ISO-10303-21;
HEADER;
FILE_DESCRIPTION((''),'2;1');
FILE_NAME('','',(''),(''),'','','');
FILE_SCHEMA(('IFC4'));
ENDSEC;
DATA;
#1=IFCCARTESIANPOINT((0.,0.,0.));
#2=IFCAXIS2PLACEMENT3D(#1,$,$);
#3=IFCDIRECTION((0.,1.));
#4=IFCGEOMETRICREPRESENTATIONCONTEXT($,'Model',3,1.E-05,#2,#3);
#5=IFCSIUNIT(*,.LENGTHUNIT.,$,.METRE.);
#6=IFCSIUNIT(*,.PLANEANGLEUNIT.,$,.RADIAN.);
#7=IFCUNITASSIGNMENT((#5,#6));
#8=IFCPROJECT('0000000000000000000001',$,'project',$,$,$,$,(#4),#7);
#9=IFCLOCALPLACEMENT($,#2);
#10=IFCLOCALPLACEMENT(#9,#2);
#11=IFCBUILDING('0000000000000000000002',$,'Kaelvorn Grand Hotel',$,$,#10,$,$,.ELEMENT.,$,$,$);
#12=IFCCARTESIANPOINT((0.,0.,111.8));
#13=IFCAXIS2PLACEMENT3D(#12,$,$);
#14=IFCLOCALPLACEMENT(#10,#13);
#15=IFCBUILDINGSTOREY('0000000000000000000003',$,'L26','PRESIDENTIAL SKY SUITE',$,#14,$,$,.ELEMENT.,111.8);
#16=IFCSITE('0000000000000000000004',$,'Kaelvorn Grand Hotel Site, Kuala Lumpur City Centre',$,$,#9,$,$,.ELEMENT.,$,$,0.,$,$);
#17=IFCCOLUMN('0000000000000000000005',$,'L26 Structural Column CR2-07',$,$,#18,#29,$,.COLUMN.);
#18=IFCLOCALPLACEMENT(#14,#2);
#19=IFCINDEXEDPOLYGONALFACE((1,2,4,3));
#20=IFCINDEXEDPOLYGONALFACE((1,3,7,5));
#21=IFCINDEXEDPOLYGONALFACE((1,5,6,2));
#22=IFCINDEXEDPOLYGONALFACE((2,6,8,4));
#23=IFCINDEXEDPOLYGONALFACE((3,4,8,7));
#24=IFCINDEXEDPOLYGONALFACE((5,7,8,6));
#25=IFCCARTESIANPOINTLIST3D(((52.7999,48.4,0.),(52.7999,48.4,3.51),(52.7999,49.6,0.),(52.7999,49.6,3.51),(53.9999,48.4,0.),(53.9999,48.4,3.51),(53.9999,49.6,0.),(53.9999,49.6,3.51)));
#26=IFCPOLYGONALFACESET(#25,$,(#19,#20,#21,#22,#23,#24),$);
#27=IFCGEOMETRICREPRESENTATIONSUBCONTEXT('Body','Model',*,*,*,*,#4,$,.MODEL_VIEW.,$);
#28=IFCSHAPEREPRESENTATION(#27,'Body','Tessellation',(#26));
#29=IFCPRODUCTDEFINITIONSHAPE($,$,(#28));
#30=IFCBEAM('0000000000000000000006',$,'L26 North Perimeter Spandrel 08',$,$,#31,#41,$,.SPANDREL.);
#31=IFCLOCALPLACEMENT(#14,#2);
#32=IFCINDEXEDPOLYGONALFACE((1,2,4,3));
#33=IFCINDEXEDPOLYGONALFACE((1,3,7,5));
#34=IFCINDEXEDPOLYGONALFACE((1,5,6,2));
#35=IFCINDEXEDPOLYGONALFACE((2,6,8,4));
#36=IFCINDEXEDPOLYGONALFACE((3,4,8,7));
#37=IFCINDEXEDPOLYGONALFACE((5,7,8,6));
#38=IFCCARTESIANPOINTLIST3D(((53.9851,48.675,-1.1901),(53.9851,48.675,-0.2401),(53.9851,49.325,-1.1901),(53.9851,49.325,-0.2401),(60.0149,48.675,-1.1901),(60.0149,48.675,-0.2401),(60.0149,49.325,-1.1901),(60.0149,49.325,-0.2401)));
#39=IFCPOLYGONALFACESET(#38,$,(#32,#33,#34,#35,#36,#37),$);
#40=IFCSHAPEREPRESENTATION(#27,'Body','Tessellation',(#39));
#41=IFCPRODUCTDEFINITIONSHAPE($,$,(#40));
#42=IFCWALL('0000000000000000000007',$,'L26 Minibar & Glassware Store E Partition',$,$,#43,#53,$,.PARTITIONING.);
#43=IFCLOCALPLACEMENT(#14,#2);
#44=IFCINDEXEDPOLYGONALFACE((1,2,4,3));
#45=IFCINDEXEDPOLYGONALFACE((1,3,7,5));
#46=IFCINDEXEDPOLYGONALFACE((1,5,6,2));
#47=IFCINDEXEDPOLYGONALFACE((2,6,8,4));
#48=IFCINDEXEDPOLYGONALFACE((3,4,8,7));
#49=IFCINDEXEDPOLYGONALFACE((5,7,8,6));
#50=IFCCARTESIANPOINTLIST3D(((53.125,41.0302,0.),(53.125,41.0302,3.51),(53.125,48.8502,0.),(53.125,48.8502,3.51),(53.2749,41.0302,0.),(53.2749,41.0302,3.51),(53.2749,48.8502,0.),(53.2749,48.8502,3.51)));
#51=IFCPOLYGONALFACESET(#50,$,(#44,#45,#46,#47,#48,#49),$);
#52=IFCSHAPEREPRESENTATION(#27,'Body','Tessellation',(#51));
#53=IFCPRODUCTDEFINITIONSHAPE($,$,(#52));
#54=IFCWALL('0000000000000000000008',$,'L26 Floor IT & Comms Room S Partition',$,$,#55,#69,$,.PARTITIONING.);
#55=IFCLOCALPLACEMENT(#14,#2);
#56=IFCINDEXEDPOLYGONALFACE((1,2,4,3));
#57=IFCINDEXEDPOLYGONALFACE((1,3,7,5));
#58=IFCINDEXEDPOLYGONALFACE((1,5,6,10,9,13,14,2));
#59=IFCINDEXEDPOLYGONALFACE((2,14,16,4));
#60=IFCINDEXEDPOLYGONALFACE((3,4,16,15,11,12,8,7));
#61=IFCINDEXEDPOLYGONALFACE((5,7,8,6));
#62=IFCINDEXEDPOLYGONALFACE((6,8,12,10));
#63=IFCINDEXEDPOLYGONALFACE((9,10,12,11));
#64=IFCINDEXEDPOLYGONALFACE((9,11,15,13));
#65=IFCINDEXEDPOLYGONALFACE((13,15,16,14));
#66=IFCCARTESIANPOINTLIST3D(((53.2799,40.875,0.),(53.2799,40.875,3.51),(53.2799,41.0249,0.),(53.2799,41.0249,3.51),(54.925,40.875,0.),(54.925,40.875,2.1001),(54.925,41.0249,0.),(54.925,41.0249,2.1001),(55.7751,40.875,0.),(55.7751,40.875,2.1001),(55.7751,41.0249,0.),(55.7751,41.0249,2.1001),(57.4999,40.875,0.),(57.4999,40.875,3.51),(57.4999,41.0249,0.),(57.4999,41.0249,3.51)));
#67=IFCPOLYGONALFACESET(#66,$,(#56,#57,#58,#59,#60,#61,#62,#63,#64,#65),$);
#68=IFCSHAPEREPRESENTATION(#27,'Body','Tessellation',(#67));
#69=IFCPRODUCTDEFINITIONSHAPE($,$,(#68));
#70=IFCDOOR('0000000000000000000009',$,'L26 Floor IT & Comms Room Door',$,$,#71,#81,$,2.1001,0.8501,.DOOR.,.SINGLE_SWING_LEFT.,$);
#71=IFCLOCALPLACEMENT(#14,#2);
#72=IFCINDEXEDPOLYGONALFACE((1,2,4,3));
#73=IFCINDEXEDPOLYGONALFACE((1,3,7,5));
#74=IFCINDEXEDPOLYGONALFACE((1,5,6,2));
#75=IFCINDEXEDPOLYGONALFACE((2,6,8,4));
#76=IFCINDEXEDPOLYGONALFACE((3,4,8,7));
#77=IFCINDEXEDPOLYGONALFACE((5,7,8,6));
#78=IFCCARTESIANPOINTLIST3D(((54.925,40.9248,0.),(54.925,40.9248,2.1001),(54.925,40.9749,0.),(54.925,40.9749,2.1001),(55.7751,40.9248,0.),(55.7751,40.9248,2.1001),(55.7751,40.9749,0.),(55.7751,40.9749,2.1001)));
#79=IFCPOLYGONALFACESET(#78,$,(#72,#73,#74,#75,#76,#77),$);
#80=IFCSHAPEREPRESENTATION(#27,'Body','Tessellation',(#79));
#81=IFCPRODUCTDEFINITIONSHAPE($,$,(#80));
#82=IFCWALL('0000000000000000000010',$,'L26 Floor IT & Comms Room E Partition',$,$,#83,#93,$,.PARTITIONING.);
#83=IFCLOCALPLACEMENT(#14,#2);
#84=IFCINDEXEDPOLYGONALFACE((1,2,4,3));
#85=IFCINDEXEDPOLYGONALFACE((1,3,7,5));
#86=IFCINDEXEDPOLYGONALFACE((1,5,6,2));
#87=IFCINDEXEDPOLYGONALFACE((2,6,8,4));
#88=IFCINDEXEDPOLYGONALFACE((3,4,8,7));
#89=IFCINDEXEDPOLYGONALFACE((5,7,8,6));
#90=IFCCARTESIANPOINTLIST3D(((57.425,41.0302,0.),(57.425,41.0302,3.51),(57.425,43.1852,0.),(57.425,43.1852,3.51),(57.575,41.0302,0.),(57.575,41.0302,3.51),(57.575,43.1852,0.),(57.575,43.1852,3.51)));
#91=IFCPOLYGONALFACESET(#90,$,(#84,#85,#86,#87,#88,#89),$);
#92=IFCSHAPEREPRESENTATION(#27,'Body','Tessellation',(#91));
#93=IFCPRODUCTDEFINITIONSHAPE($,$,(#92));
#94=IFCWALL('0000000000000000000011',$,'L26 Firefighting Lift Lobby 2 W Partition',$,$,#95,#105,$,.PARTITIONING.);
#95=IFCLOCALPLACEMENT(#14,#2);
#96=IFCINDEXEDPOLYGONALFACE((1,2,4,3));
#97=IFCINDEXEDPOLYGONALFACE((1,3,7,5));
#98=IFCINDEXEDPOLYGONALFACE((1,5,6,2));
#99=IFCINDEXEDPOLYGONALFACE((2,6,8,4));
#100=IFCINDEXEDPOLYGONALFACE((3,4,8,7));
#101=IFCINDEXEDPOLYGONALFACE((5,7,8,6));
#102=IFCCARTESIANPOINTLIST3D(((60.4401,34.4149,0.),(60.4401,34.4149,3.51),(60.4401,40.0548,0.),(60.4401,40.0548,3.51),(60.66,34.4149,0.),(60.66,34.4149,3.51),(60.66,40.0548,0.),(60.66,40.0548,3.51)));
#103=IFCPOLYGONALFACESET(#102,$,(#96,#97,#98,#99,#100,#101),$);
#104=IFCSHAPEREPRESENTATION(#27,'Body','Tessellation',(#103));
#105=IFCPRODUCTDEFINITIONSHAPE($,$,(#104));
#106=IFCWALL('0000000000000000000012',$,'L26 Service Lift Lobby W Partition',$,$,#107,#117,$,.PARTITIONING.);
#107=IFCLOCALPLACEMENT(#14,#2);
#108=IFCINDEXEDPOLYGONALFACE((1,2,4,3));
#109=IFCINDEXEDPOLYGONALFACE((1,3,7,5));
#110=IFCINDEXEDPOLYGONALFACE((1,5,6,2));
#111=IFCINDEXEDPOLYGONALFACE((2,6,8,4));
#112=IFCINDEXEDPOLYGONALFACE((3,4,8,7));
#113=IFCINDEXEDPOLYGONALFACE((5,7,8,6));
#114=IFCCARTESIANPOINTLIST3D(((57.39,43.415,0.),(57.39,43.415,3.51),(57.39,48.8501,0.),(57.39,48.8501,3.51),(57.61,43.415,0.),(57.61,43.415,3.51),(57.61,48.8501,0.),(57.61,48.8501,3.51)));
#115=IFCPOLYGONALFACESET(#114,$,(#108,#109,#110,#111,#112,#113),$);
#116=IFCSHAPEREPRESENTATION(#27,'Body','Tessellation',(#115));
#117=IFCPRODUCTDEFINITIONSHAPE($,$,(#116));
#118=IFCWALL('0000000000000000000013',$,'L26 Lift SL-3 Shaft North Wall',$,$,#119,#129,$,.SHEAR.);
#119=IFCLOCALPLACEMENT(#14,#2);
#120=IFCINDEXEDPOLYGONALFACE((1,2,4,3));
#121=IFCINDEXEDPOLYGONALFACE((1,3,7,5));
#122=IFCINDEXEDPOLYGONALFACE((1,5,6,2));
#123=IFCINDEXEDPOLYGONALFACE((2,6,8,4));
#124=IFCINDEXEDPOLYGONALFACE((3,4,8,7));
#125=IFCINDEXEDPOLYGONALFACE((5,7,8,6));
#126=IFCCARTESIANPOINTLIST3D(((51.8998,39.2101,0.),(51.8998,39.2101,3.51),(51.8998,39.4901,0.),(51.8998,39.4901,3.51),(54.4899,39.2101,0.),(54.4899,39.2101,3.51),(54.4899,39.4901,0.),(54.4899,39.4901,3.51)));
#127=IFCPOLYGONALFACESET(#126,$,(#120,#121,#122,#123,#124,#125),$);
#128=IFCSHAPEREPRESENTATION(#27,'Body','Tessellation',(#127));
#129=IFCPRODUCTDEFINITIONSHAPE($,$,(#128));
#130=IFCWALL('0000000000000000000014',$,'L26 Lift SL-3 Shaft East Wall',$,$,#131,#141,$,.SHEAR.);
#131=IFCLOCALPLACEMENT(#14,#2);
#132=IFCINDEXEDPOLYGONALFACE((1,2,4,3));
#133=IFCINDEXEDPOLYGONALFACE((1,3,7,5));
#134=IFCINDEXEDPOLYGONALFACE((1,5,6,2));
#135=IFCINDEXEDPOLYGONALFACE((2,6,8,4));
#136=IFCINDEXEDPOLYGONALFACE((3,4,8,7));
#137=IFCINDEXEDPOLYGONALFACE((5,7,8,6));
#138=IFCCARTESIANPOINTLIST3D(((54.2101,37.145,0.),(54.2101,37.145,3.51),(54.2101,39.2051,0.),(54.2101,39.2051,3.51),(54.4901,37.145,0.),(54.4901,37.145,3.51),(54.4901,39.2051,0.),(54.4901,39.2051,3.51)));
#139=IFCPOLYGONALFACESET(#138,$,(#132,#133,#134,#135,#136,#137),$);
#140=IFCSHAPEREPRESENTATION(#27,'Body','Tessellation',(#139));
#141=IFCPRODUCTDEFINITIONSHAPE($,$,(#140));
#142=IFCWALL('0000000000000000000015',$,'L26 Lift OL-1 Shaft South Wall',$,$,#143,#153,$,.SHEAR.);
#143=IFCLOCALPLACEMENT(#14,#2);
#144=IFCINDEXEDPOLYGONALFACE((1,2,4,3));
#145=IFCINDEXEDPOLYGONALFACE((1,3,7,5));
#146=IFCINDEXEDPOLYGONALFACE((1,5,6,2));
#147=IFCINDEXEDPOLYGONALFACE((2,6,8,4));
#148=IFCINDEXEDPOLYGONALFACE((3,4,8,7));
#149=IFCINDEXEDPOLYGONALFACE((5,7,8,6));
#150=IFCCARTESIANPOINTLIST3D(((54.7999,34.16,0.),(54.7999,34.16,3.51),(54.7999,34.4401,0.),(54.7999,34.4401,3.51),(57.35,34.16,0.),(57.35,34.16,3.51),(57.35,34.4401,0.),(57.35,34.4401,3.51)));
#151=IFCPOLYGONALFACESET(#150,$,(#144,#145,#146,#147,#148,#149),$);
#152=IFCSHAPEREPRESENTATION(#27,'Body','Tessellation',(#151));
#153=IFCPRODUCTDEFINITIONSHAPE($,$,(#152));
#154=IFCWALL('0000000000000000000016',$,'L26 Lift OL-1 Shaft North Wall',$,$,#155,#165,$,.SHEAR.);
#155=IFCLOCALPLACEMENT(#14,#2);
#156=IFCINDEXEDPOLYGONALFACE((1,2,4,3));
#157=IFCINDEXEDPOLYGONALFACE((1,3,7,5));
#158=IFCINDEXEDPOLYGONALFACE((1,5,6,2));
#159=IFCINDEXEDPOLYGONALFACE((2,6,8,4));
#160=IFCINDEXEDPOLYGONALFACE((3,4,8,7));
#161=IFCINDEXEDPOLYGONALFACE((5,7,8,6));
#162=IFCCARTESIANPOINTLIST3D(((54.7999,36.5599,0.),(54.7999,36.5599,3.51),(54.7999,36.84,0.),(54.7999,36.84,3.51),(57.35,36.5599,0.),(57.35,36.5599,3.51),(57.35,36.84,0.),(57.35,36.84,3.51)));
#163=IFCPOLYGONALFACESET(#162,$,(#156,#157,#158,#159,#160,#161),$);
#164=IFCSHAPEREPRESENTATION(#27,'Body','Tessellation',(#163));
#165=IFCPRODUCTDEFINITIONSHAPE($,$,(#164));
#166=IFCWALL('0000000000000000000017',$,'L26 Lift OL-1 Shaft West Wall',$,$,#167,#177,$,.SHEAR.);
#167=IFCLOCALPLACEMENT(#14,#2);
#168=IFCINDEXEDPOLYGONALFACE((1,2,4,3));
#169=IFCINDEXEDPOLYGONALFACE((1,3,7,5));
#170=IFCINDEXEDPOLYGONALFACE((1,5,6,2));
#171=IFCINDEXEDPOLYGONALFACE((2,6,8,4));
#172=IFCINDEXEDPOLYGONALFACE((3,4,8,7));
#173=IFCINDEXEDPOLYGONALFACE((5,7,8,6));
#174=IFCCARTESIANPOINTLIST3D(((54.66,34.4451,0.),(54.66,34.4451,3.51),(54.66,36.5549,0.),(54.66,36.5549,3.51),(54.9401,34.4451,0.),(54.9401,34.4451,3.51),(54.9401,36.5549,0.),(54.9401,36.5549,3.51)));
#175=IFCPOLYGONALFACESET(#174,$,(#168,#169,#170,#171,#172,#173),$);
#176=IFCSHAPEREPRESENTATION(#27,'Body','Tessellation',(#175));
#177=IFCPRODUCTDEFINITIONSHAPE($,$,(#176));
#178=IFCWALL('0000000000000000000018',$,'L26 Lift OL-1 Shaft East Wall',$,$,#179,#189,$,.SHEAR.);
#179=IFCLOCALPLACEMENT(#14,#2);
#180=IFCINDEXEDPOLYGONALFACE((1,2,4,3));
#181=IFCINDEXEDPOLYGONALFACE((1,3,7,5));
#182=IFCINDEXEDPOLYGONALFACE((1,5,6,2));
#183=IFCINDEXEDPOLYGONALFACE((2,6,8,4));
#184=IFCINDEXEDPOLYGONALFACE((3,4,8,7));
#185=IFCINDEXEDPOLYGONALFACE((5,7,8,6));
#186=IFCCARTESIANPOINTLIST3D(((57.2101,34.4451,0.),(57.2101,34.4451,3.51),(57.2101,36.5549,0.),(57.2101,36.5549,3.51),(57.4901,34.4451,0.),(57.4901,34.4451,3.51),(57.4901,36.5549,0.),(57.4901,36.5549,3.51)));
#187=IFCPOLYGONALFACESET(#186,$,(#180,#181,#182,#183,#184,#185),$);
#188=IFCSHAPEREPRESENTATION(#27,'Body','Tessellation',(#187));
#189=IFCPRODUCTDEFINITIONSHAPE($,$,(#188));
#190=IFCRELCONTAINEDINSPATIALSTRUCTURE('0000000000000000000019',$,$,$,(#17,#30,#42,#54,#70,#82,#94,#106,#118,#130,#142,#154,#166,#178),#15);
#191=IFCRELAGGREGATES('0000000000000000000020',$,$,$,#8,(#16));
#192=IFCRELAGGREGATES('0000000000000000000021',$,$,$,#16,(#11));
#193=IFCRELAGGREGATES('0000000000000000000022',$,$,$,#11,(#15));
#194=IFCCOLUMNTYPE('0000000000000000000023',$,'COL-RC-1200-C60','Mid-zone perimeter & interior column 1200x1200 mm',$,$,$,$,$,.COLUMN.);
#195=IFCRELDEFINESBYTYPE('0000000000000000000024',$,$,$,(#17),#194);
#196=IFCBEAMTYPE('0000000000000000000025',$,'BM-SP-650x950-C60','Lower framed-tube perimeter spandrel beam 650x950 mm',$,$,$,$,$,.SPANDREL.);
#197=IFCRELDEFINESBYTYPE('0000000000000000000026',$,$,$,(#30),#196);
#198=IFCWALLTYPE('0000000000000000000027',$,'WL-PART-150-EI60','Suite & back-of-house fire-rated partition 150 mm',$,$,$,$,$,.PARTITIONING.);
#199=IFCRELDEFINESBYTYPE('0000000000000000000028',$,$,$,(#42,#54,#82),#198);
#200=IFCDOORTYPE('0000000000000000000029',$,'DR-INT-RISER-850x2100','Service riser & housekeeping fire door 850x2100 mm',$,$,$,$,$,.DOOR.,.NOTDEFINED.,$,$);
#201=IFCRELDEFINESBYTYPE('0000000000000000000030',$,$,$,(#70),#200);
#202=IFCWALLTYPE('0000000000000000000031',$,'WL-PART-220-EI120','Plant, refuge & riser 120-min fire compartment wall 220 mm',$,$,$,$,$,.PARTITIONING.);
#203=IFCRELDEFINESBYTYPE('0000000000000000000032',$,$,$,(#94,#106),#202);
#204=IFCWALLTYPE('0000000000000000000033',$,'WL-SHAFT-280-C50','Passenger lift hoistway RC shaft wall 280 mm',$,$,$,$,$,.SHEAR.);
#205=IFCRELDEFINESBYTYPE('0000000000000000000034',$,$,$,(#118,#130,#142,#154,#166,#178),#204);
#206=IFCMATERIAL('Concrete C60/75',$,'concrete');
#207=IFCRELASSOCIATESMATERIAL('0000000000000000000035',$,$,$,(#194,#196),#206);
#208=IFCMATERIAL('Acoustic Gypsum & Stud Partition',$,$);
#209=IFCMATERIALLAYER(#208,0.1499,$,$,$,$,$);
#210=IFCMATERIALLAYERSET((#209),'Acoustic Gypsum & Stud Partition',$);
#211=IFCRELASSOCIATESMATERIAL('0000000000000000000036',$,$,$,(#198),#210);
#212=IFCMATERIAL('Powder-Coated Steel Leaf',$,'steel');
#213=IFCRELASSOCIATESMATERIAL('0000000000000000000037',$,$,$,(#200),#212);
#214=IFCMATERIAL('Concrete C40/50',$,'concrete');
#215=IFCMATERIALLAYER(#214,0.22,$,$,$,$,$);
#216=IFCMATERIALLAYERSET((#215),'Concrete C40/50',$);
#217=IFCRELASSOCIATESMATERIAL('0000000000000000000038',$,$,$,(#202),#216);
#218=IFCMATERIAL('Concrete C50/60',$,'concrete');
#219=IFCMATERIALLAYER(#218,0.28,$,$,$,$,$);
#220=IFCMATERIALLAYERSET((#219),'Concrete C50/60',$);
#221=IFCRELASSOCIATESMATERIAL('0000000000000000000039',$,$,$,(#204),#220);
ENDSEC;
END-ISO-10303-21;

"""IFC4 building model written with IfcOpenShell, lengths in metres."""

from ifc_helpers import new_model, si_unit, direction, frame, frame_2d, origin, origin_2d, place, context, subcontext, project, spatial, rectangle, extrude, material, layer, layer_set, material_profile, profile_set, type_object, element, fill, save


model = new_model("IFC4")

# Units and contexts
model_context = context("Model", 3, precision=1e-05, world=origin(), true_north=direction((0.0, 1.0)))
body_context = subcontext(model_context, "Body", "Model", "MODEL_VIEW")
ifc_project = project(units=[si_unit("LENGTHUNIT", "METRE"), si_unit("PLANEANGLEUNIT", "RADIAN")], contexts=[model_context])

# Site, building, storey
site_placement = place(None, origin())
site = spatial("IfcSite", under=ifc_project, at=site_placement, Name="Kaelvorn Grand Hotel Site, Kuala Lumpur City Centre", CompositionType="ELEMENT", RefElevation=0.0)
building_placement = place(site_placement, origin())
building = spatial("IfcBuilding", under=site, at=building_placement, Name="Kaelvorn Grand Hotel", CompositionType="ELEMENT")
storey_placement = place(building_placement, frame((0.0, 0.0, 111.8)))
storey = spatial("IfcBuildingStorey", under=building, at=storey_placement, Name="L26", Description="PRESIDENTIAL SKY SUITE", CompositionType="ELEMENT", Elevation=111.8)

# Column
ifc_material_1 = material(Name="Concrete C60/75", Category="concrete")
ifc_material_profile_1 = material_profile(ifc_material_1, rectangle(XDim=1.2, YDim=1.2, at=origin_2d()), Name="RC COL 1200x1200")
ifc_profile_set_1 = profile_set([ifc_material_profile_1], Name="Concrete C60/75")
column_type = type_object("IfcColumnType", Name="COL-RC-1200-C60", Description="Mid-zone perimeter & interior column 1200x1200 mm", PredefinedType="COLUMN", material=ifc_profile_set_1)
column_placement = place(storey_placement, frame((53.3999, 49.0, 0.0), z_axis=(0.0, 0.0, 1.0), x_axis=(1.0, 0.0, 0.0)))
element("IfcColumn", 1, at=column_placement, inside=storey, type_object=column_type, Name="L26 Structural Column CR2-07", PredefinedType="COLUMN", context=body_context, shape_type="SweptSolid", body=[
    extrude(rectangle(XDim=1.2, YDim=1.2, at=origin_2d()), origin(), (0.0, 0.0, 1.0), 3.51),
])

# Beam
ifc_material_profile_2 = material_profile(ifc_material_1, rectangle(XDim=0.6499, YDim=0.95, at=origin_2d()), Name="RC SPANDREL 650x950")
ifc_profile_set_2 = profile_set([ifc_material_profile_2], Name="Concrete C60/75")
beam_type = type_object("IfcBeamType", Name="BM-SP-650x950-C60", Description="Lower framed-tube perimeter spandrel beam 650x950 mm", PredefinedType="SPANDREL", material=ifc_profile_set_2)
beam_placement = place(storey_placement, frame((53.9851, 49.0, -0.7151), z_axis=(1.0, 0.0, 0.0), x_axis=(0.0, 1.0, 0.0)))
element("IfcBeam", 2, at=beam_placement, inside=storey, type_object=beam_type, Name="L26 North Perimeter Spandrel 08", PredefinedType="SPANDREL", context=body_context, shape_type="SweptSolid", body=[
    extrude(rectangle(XDim=0.6499, YDim=0.95, at=origin_2d()), origin(), (0.0, 0.0, 1.0), 6.0298),
])

# Wall
ifc_material_2 = material(Name="Acoustic Gypsum & Stud Partition")
ifc_layer_1 = layer(ifc_material_2, 0.1499)
ifc_layer_set_1 = layer_set([ifc_layer_1], Name="Acoustic Gypsum & Stud Partition")
wall_type_1 = type_object("IfcWallType", Name="WL-PART-150-EI60", Description="Suite & back-of-house fire-rated partition 150 mm", PredefinedType="PARTITIONING", material=ifc_layer_set_1)
wall_1_placement = place(storey_placement, frame((53.2, 41.03, 0.0), z_axis=(0.0, 0.0, 1.0), x_axis=(0.0, 1.0, 0.0)))
element("IfcWall", 3, at=wall_1_placement, inside=storey, type_object=wall_type_1, Name="L26 Minibar & Glassware Store E Partition", PredefinedType="PARTITIONING", context=body_context, shape_type="SweptSolid", body=[
    extrude(rectangle(XDim=7.8201, YDim=0.1499, at=frame_2d((3.9102, 0.0))), origin(), (0.0, 0.0, 1.0), 3.51),
])

# Wall, opening, door
wall_2_placement = place(storey_placement, frame((53.28, 40.95, 0.0), z_axis=(0.0, 0.0, 1.0), x_axis=(1.0, 0.0, 0.0)))
wall_2 = element("IfcWall", 4, at=wall_2_placement, inside=storey, type_object=wall_type_1, Name="L26 Floor IT & Comms Room S Partition", PredefinedType="PARTITIONING", context=body_context, shape_type="SweptSolid", body=[
    extrude(rectangle(XDim=4.22, YDim=0.1499, at=frame_2d((2.1099, 0.0))), origin(), (0.0, 0.0, 1.0), 3.51),
])
opening_1_placement = place(wall_2_placement, frame((1.645, 0.0, 0.0)))
opening_1 = element("IfcOpeningElement", 5, at=opening_1_placement, cuts=wall_2, PredefinedType="OPENING", context=body_context, shape_type="SweptSolid", body=[
    extrude(rectangle(XDim=0.8501, YDim=2.1001, at=frame_2d((0.425, 1.05))), frame((0.0, 0.085, 0.0), z_axis=(0.0, -1.0, 0.0), x_axis=(1.0, 0.0, 0.0)), (0.0, 0.0, 1.0), 0.1699),
])
ifc_material_3 = material(Name="Powder-Coated Steel Leaf", Category="steel")
door_type_1 = type_object("IfcDoorType", Name="DR-INT-RISER-850x2100", Description="Service riser & housekeeping fire door 850x2100 mm", OperationType="NOTDEFINED", PredefinedType="DOOR", material=ifc_material_3)
door_1_placement = place(opening_1_placement, origin())
door_1 = element("IfcDoor", 6, at=door_1_placement, inside=storey, type_object=door_type_1, Name="L26 Floor IT & Comms Room Door", OperationType="SINGLE_SWING_LEFT", OverallHeight=2.1001, OverallWidth=0.8501, PredefinedType="DOOR", context=body_context, shape_type="SweptSolid", body=[
    extrude(rectangle(XDim=0.8501, YDim=2.1001, at=frame_2d((0.425, 1.05))), frame((0.0, 0.0249, 0.0), z_axis=(0.0, -1.0, 0.0), x_axis=(1.0, 0.0, 0.0)), (0.0, 0.0, 1.0), 0.05),
])
fill(opening_1, door_1)

# Wall
wall_3_placement = place(storey_placement, frame((57.5, 41.03, 0.0), z_axis=(0.0, 0.0, 1.0), x_axis=(0.0, 1.0, 0.0)))
element("IfcWall", 7, at=wall_3_placement, inside=storey, type_object=wall_type_1, Name="L26 Floor IT & Comms Room E Partition", PredefinedType="PARTITIONING", context=body_context, shape_type="SweptSolid", body=[
    extrude(rectangle(XDim=2.155, YDim=0.1499, at=frame_2d((1.0776, 0.0))), origin(), (0.0, 0.0, 1.0), 3.51),
])

# Shared definitions
ifc_material_4 = material(Name="Concrete C40/50", Category="concrete")
ifc_layer_2 = layer(ifc_material_4, 0.22)
ifc_layer_set_2 = layer_set([ifc_layer_2], Name="Concrete C40/50")
wall_type_2 = type_object("IfcWallType", Name="WL-PART-220-EI120", Description="Plant, refuge & riser 120-min fire compartment wall 220 mm", PredefinedType="PARTITIONING", material=ifc_layer_set_2)

# Wall
wall_4_placement = place(storey_placement, frame((60.55, 34.415, 0.0), z_axis=(0.0, 0.0, 1.0), x_axis=(0.0, 1.0, 0.0)))
element("IfcWall", 8, at=wall_4_placement, inside=storey, type_object=wall_type_2, Name="L26 Firefighting Lift Lobby 2 W Partition", PredefinedType="PARTITIONING", context=body_context, shape_type="SweptSolid", body=[
    extrude(rectangle(XDim=5.6399, YDim=0.22, at=frame_2d((2.8198, 0.0))), origin(), (0.0, 0.0, 1.0), 3.51),
])

# Walls
wall_5_placement = place(storey_placement, frame((57.5, 43.415, 0.0), z_axis=(0.0, 0.0, 1.0), x_axis=(0.0, 1.0, 0.0)))
element("IfcWall", 9, at=wall_5_placement, inside=storey, type_object=wall_type_2, Name="L26 Service Lift Lobby W Partition", PredefinedType="PARTITIONING", context=body_context, shape_type="SweptSolid", body=[
    extrude(rectangle(XDim=5.4351, YDim=0.22, at=frame_2d((2.7175, 0.0))), origin(), (0.0, 0.0, 1.0), 3.51),
])
ifc_material_5 = material(Name="Concrete C50/60", Category="concrete")
ifc_layer_3 = layer(ifc_material_5, 0.28)
ifc_layer_set_3 = layer_set([ifc_layer_3], Name="Concrete C50/60")
wall_type_3 = type_object("IfcWallType", Name="WL-SHAFT-280-C50", Description="Passenger lift hoistway RC shaft wall 280 mm", PredefinedType="SHEAR", material=ifc_layer_set_3)
wall_6_placement = place(storey_placement, frame((51.8999, 39.3501, 0.0), z_axis=(0.0, 0.0, 1.0), x_axis=(1.0, 0.0, 0.0)))
element("IfcWall", 10, at=wall_6_placement, inside=storey, type_object=wall_type_3, Name="L26 Lift SL-3 Shaft North Wall", PredefinedType="SHEAR", context=body_context, shape_type="SweptSolid", body=[
    extrude(rectangle(XDim=2.5901, YDim=0.28, at=frame_2d((1.2949, 0.0))), origin(), (0.0, 0.0, 1.0), 3.51),
])
wall_7_placement = place(storey_placement, frame((54.3501, 37.145, 0.0), z_axis=(0.0, 0.0, 1.0), x_axis=(0.0, 1.0, 0.0)))
element("IfcWall", 11, at=wall_7_placement, inside=storey, type_object=wall_type_3, Name="L26 Lift SL-3 Shaft East Wall", PredefinedType="SHEAR", context=body_context, shape_type="SweptSolid", body=[
    extrude(rectangle(XDim=2.0601, YDim=0.28, at=frame_2d((1.03, 0.0))), origin(), (0.0, 0.0, 1.0), 3.51),
])
for number, where, z_axis, x_axis, name in (
    (12, (54.8, 34.3, 0.0), (0.0, 0.0, 1.0), (1.0, 0.0, 0.0), "L26 Lift OL-1 Shaft South Wall"),
    (13, (54.8, 36.7, 0.0), (0.0, 0.0, 1.0), (1.0, 0.0, 0.0), "L26 Lift OL-1 Shaft North Wall"),
):
    element("IfcWall", number, at=place(storey_placement, frame(where, z_axis=z_axis, x_axis=x_axis)), inside=storey, type_object=wall_type_3, Name=name, PredefinedType="SHEAR", context=body_context, shape_type="SweptSolid", body=[
        extrude(rectangle(XDim=2.55, YDim=0.28, at=frame_2d((1.2749, 0.0))), origin(), (0.0, 0.0, 1.0), 3.51),
    ])
for number, where, z_axis, x_axis, name in (
    (14, (54.8, 34.4451, 0.0), (0.0, 0.0, 1.0), (0.0, 1.0, 0.0), "L26 Lift OL-1 Shaft West Wall"),
    (15, (57.3501, 34.4451, 0.0), (0.0, 0.0, 1.0), (0.0, 1.0, 0.0), "L26 Lift OL-1 Shaft East Wall"),
):
    element("IfcWall", number, at=place(storey_placement, frame(where, z_axis=z_axis, x_axis=x_axis)), inside=storey, type_object=wall_type_3, Name=name, PredefinedType="SHEAR", context=body_context, shape_type="SweptSolid", body=[
        extrude(rectangle(XDim=2.1099, YDim=0.28, at=frame_2d((1.0549, 0.0))), origin(), (0.0, 0.0, 1.0), 3.51),
    ])

save(model, "model.ifc")
